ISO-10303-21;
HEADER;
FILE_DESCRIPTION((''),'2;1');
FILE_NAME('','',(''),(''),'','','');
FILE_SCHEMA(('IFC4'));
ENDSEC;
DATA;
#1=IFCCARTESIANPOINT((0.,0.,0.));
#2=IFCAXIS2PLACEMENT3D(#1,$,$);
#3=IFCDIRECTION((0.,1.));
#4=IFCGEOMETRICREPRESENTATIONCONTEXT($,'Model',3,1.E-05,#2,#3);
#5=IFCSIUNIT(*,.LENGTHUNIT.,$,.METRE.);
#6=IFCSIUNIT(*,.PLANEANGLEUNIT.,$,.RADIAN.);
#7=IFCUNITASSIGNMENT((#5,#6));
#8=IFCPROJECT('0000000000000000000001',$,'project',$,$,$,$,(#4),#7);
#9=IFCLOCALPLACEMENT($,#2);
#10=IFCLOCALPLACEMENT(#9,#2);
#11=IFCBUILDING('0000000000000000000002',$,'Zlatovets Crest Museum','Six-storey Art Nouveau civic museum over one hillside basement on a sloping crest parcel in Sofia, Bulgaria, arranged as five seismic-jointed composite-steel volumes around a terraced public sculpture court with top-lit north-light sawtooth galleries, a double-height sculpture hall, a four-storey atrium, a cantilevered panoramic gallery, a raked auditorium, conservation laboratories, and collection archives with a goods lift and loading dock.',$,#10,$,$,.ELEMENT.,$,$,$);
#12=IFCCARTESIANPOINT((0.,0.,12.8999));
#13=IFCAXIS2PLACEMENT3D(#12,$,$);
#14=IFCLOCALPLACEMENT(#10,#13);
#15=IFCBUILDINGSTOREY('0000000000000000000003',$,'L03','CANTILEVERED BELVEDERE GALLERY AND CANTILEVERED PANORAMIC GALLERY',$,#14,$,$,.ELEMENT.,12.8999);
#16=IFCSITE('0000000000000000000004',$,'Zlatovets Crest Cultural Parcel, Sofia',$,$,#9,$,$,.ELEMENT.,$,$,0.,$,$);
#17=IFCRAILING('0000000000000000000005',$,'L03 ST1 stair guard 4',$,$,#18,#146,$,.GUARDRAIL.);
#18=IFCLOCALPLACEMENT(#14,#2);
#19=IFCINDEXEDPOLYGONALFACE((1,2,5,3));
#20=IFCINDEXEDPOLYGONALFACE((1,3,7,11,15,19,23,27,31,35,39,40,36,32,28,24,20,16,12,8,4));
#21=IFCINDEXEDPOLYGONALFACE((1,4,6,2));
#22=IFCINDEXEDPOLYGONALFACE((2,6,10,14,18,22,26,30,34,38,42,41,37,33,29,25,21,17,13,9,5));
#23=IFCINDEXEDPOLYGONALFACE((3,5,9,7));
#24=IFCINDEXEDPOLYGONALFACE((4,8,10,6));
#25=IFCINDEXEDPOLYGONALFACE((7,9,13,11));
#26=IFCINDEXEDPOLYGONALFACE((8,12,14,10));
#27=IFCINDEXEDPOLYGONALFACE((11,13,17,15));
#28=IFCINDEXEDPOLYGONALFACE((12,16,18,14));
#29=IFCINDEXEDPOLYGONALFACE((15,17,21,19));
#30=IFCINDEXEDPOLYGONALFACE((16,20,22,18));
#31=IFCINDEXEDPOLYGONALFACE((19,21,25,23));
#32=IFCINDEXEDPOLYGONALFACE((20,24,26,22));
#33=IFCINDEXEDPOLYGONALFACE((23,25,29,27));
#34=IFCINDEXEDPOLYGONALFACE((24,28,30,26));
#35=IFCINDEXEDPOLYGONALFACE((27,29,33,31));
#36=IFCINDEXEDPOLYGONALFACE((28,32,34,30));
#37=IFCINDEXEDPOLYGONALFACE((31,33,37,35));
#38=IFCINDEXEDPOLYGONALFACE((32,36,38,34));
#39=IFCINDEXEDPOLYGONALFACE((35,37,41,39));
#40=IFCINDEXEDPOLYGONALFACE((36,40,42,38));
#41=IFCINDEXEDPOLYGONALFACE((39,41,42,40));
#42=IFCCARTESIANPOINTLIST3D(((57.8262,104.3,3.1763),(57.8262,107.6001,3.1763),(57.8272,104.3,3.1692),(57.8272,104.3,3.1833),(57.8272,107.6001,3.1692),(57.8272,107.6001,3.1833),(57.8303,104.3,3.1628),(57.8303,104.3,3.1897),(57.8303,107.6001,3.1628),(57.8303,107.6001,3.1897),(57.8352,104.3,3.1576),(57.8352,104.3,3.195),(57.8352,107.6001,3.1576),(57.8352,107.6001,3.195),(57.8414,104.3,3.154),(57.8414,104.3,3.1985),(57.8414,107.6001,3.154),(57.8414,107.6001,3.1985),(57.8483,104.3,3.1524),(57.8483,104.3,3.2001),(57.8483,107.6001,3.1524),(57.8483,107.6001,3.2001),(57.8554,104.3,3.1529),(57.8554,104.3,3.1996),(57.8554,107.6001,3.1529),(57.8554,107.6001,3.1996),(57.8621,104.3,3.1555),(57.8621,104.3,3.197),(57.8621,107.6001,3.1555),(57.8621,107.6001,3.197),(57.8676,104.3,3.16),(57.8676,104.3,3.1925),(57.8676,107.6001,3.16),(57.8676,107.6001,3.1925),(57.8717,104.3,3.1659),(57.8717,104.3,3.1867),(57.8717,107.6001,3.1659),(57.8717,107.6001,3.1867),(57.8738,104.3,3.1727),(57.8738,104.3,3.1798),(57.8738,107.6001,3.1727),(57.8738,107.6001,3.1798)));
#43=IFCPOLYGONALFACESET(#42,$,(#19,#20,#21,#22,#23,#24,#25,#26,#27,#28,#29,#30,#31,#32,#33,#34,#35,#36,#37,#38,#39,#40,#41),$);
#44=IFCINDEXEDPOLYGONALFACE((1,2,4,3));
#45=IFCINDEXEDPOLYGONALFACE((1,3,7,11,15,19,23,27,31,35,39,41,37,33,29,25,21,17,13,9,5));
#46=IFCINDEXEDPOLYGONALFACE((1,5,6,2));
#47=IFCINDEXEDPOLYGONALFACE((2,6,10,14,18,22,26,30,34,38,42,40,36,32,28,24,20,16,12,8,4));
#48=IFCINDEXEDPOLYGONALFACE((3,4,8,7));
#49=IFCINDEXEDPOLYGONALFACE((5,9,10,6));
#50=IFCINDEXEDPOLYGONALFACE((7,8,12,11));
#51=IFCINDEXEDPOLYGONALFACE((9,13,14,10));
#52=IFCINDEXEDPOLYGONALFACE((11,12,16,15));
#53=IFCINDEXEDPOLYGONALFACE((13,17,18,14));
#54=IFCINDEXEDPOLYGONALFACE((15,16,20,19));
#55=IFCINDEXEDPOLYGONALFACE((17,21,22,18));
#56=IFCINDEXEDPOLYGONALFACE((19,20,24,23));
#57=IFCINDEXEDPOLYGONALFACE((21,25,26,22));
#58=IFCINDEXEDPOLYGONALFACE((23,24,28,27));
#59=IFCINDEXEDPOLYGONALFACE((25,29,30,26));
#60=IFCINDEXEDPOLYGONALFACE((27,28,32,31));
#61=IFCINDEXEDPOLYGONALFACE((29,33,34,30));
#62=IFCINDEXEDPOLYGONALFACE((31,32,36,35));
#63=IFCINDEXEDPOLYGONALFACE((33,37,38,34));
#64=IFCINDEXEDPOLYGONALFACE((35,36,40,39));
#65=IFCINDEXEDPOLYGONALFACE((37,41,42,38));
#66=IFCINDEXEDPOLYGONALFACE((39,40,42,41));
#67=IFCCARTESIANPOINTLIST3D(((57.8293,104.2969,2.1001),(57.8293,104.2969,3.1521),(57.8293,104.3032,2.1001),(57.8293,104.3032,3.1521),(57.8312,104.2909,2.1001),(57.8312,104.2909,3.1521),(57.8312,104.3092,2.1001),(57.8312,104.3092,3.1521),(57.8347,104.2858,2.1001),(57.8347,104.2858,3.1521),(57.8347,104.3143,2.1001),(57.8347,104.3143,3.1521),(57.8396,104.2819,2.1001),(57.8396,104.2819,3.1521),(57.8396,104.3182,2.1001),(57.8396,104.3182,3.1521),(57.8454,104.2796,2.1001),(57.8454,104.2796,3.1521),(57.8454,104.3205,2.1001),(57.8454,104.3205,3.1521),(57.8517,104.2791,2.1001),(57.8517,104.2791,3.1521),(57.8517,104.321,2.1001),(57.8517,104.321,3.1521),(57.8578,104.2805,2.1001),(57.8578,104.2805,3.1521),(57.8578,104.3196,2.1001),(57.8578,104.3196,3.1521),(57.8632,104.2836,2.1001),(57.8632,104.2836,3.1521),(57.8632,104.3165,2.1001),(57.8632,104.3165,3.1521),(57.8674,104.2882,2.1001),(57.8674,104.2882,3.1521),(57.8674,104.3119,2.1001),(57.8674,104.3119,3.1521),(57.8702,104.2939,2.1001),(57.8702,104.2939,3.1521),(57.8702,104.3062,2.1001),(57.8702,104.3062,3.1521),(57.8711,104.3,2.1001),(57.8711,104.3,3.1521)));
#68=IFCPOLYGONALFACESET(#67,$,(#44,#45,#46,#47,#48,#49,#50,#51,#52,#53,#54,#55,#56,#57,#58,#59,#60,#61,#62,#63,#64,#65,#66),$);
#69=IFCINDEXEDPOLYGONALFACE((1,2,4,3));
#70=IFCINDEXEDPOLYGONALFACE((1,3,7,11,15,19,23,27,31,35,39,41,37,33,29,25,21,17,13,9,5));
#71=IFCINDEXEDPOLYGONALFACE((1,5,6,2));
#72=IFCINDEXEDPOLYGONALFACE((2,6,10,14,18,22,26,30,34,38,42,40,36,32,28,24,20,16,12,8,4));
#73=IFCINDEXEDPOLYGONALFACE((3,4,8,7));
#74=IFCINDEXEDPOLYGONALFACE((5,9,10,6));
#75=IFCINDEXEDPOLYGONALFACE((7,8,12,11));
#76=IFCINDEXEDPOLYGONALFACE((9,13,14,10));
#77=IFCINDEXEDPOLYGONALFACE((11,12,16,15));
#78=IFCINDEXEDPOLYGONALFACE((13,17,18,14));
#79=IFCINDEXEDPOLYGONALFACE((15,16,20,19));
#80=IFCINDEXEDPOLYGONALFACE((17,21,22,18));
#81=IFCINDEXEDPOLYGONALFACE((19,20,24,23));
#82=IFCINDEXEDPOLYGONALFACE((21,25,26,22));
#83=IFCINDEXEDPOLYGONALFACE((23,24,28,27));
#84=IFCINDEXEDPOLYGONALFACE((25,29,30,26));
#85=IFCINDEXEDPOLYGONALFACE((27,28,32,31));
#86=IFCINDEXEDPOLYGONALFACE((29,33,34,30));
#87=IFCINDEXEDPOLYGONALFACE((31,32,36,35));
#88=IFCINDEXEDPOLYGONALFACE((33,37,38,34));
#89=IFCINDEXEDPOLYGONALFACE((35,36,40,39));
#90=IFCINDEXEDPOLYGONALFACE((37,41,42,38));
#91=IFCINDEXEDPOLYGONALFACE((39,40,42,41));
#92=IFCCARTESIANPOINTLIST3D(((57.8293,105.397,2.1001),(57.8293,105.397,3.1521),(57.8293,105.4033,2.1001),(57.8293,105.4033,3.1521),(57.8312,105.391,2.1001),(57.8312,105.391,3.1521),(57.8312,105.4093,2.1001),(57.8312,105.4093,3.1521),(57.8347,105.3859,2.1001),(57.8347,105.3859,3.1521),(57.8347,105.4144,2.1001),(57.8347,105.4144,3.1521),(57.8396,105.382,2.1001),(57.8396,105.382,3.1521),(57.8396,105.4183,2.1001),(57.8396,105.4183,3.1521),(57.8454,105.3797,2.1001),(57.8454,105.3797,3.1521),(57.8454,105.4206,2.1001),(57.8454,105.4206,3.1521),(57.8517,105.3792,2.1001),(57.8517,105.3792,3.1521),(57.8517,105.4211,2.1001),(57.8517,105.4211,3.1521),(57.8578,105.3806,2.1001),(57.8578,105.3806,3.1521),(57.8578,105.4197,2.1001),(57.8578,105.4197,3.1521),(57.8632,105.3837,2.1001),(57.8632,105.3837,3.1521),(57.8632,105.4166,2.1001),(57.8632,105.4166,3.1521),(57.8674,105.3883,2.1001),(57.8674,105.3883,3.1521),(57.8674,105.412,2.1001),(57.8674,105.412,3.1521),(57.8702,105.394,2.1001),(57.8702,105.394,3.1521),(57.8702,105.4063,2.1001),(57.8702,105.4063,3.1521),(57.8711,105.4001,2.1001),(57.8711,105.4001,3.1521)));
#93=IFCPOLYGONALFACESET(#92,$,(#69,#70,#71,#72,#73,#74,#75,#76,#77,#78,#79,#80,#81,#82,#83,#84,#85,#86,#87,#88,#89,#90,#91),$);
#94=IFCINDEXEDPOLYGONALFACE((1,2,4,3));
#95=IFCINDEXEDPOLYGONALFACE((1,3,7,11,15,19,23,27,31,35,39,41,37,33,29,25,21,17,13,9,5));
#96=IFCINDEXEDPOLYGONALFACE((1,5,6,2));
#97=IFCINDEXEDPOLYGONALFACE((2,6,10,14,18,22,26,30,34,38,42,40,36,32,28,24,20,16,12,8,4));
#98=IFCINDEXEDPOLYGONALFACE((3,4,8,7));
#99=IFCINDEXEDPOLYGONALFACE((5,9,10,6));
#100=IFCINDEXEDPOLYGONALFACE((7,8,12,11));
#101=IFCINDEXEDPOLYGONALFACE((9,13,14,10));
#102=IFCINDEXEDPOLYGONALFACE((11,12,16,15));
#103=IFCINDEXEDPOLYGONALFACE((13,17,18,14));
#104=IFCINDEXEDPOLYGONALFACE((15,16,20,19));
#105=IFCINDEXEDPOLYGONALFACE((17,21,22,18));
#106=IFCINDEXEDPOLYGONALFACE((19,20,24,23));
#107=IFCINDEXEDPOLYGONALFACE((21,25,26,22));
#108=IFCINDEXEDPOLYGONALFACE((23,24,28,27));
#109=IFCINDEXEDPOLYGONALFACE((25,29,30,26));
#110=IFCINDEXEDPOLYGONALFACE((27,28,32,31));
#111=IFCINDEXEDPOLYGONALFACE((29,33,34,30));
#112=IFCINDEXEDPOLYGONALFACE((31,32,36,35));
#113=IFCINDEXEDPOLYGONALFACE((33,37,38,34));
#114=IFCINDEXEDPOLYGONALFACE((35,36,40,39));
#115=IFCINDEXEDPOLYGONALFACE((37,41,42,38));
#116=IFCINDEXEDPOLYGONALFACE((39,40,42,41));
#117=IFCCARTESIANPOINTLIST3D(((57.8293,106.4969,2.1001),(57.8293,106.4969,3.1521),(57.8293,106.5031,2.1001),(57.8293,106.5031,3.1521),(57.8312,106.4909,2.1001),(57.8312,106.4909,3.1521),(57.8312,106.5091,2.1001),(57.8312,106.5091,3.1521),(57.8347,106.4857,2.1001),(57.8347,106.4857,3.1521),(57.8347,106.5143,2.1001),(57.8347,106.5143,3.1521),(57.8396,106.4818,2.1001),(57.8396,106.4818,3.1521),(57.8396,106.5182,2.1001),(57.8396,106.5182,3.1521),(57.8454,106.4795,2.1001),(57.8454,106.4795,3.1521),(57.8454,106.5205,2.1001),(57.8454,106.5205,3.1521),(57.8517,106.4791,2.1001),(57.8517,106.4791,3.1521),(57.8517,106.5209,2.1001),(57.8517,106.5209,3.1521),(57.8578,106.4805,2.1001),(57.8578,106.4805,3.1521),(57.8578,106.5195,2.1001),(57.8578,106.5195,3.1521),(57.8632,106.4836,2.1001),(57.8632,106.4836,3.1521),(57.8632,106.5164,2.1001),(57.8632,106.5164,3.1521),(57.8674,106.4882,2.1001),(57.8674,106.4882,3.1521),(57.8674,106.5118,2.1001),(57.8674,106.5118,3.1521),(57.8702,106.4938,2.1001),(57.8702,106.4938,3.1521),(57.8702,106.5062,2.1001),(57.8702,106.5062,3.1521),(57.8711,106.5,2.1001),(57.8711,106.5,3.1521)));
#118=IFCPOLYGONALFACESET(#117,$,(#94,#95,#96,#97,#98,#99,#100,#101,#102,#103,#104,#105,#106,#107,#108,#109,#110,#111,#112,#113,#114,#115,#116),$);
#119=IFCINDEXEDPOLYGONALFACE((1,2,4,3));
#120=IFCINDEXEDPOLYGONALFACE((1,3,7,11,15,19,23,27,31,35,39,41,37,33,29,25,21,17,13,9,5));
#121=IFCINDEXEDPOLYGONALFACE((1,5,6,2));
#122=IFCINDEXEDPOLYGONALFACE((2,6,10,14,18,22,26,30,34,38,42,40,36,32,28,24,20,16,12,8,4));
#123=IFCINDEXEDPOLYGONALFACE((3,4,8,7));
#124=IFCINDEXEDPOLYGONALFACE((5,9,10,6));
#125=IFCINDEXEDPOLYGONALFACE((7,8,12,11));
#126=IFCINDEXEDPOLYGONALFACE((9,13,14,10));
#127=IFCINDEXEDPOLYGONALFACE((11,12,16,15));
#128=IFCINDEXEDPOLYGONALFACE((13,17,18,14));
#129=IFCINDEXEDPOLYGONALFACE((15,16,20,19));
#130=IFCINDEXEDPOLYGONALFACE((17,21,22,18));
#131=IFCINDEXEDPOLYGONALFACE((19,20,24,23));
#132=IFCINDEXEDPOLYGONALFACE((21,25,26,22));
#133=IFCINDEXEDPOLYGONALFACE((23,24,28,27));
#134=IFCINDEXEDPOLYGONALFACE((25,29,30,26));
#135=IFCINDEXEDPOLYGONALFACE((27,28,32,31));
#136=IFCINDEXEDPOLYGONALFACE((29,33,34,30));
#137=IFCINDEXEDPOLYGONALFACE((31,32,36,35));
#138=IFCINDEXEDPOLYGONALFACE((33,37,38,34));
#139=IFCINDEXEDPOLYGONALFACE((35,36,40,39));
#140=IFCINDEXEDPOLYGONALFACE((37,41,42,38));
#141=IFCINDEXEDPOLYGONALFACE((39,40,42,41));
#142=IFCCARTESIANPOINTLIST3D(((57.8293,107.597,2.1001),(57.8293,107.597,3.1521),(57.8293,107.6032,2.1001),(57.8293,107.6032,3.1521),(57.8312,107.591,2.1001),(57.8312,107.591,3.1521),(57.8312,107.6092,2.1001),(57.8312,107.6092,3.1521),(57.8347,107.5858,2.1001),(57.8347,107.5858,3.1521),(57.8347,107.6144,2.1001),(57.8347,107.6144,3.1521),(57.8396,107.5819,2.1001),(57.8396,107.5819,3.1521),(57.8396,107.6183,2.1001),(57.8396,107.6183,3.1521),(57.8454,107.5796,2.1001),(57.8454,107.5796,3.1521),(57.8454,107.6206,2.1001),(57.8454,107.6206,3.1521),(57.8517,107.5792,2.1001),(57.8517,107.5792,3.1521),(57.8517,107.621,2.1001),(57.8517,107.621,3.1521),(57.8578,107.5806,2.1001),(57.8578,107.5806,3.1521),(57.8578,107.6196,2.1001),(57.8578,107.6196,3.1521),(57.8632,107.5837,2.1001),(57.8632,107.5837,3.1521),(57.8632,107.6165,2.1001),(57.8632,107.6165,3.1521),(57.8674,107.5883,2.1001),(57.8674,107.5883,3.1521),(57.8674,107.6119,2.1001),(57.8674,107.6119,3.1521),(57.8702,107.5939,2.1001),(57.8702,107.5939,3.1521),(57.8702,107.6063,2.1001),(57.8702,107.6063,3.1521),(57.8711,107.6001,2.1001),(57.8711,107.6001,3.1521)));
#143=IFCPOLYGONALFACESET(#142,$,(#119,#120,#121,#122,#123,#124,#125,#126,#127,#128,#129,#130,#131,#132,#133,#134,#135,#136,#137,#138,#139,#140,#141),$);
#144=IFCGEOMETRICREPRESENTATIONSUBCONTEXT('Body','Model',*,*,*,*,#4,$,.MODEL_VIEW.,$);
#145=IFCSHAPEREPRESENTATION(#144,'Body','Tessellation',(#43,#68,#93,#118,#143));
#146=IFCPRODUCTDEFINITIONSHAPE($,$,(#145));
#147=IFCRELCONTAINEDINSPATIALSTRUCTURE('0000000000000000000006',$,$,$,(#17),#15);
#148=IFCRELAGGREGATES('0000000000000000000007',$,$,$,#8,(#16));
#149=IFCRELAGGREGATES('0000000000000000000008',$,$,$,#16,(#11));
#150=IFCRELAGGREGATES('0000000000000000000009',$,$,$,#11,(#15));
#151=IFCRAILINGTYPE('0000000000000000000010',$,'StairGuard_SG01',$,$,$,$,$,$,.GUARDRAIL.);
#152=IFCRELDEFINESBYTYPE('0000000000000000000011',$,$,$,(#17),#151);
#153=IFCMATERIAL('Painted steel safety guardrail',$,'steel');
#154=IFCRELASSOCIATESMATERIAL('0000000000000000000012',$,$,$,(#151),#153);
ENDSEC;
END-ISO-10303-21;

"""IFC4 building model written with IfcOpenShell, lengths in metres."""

from ifc_helpers import new_model, si_unit, direction, frame, origin, origin_2d, place, context, subcontext, project, spatial, circle, extrude, material, type_object, element, save


model = new_model("IFC4")

# Units and contexts
model_context = context("Model", 3, precision=1e-05, world=origin(), true_north=direction((0.0, 1.0)))
body_context = subcontext(model_context, "Body", "Model", "MODEL_VIEW")
ifc_project = project(units=[si_unit("LENGTHUNIT", "METRE"), si_unit("PLANEANGLEUNIT", "RADIAN")], contexts=[model_context])

# Site, building, storey
site_placement = place(None, origin())
site = spatial("IfcSite", under=ifc_project, at=site_placement, Name="Zlatovets Crest Cultural Parcel, Sofia", CompositionType="ELEMENT", RefElevation=0.0)
building_placement = place(site_placement, origin())
building = spatial("IfcBuilding", under=site, at=building_placement, Name="Zlatovets Crest Museum", Description="Six-storey Art Nouveau civic museum over one hillside basement on a sloping crest parcel in Sofia, Bulgaria, arranged as five seismic-jointed composite-steel volumes around a terraced public sculpture court with top-lit north-light sawtooth galleries, a double-height sculpture hall, a four-storey atrium, a cantilevered panoramic gallery, a raked auditorium, conservation laboratories, and collection archives with a goods lift and loading dock.", CompositionType="ELEMENT")
storey_placement = place(building_placement, frame((0.0, 0.0, 12.8999)))
storey = spatial("IfcBuildingStorey", under=building, at=storey_placement, Name="L03", Description="CANTILEVERED BELVEDERE GALLERY AND CANTILEVERED PANORAMIC GALLERY", CompositionType="ELEMENT", Elevation=12.8999)

# Railing
ifc_material_1 = material(Name="Painted steel safety guardrail", Category="steel")
railing_type_1 = type_object("IfcRailingType", Name="StairGuard_SG01", PredefinedType="GUARDRAIL", material=ifc_material_1)
for number, where, name in (
    (1, (57.8501, 104.3, 2.1001), "L03 ST1 stair guard 4"),
):
    element("IfcRailing", number, at=place(storey_placement, frame(where)), inside=storey, type_object=railing_type_1, Name=name, PredefinedType="GUARDRAIL", context=body_context, shape_type="SweptSolid", body=[
        extrude(circle(Radius=0.0239, at=origin_2d()), frame((0.0, 0.0, 1.0762), z_axis=(0.0, 1.0, 0.0), x_axis=(-1.0, 0.0, 0.0)), (0.0, 0.0, 1.0), 3.3),
        extrude(circle(Radius=0.021, at=origin_2d()), origin(), (0.0, 0.0, 1.0), 1.052),
        extrude(circle(Radius=0.021, at=origin_2d()), frame((0.0, 1.1001, 0.0)), (0.0, 0.0, 1.0), 1.052),
        extrude(circle(Radius=0.021, at=origin_2d()), frame((0.0, 2.2, 0.0)), (0.0, 0.0, 1.0), 1.052),
        extrude(circle(Radius=0.021, at=origin_2d()), frame((0.0, 3.3, 0.0)), (0.0, 0.0, 1.0), 1.052),
    ])

save(model, "model.ifc")
